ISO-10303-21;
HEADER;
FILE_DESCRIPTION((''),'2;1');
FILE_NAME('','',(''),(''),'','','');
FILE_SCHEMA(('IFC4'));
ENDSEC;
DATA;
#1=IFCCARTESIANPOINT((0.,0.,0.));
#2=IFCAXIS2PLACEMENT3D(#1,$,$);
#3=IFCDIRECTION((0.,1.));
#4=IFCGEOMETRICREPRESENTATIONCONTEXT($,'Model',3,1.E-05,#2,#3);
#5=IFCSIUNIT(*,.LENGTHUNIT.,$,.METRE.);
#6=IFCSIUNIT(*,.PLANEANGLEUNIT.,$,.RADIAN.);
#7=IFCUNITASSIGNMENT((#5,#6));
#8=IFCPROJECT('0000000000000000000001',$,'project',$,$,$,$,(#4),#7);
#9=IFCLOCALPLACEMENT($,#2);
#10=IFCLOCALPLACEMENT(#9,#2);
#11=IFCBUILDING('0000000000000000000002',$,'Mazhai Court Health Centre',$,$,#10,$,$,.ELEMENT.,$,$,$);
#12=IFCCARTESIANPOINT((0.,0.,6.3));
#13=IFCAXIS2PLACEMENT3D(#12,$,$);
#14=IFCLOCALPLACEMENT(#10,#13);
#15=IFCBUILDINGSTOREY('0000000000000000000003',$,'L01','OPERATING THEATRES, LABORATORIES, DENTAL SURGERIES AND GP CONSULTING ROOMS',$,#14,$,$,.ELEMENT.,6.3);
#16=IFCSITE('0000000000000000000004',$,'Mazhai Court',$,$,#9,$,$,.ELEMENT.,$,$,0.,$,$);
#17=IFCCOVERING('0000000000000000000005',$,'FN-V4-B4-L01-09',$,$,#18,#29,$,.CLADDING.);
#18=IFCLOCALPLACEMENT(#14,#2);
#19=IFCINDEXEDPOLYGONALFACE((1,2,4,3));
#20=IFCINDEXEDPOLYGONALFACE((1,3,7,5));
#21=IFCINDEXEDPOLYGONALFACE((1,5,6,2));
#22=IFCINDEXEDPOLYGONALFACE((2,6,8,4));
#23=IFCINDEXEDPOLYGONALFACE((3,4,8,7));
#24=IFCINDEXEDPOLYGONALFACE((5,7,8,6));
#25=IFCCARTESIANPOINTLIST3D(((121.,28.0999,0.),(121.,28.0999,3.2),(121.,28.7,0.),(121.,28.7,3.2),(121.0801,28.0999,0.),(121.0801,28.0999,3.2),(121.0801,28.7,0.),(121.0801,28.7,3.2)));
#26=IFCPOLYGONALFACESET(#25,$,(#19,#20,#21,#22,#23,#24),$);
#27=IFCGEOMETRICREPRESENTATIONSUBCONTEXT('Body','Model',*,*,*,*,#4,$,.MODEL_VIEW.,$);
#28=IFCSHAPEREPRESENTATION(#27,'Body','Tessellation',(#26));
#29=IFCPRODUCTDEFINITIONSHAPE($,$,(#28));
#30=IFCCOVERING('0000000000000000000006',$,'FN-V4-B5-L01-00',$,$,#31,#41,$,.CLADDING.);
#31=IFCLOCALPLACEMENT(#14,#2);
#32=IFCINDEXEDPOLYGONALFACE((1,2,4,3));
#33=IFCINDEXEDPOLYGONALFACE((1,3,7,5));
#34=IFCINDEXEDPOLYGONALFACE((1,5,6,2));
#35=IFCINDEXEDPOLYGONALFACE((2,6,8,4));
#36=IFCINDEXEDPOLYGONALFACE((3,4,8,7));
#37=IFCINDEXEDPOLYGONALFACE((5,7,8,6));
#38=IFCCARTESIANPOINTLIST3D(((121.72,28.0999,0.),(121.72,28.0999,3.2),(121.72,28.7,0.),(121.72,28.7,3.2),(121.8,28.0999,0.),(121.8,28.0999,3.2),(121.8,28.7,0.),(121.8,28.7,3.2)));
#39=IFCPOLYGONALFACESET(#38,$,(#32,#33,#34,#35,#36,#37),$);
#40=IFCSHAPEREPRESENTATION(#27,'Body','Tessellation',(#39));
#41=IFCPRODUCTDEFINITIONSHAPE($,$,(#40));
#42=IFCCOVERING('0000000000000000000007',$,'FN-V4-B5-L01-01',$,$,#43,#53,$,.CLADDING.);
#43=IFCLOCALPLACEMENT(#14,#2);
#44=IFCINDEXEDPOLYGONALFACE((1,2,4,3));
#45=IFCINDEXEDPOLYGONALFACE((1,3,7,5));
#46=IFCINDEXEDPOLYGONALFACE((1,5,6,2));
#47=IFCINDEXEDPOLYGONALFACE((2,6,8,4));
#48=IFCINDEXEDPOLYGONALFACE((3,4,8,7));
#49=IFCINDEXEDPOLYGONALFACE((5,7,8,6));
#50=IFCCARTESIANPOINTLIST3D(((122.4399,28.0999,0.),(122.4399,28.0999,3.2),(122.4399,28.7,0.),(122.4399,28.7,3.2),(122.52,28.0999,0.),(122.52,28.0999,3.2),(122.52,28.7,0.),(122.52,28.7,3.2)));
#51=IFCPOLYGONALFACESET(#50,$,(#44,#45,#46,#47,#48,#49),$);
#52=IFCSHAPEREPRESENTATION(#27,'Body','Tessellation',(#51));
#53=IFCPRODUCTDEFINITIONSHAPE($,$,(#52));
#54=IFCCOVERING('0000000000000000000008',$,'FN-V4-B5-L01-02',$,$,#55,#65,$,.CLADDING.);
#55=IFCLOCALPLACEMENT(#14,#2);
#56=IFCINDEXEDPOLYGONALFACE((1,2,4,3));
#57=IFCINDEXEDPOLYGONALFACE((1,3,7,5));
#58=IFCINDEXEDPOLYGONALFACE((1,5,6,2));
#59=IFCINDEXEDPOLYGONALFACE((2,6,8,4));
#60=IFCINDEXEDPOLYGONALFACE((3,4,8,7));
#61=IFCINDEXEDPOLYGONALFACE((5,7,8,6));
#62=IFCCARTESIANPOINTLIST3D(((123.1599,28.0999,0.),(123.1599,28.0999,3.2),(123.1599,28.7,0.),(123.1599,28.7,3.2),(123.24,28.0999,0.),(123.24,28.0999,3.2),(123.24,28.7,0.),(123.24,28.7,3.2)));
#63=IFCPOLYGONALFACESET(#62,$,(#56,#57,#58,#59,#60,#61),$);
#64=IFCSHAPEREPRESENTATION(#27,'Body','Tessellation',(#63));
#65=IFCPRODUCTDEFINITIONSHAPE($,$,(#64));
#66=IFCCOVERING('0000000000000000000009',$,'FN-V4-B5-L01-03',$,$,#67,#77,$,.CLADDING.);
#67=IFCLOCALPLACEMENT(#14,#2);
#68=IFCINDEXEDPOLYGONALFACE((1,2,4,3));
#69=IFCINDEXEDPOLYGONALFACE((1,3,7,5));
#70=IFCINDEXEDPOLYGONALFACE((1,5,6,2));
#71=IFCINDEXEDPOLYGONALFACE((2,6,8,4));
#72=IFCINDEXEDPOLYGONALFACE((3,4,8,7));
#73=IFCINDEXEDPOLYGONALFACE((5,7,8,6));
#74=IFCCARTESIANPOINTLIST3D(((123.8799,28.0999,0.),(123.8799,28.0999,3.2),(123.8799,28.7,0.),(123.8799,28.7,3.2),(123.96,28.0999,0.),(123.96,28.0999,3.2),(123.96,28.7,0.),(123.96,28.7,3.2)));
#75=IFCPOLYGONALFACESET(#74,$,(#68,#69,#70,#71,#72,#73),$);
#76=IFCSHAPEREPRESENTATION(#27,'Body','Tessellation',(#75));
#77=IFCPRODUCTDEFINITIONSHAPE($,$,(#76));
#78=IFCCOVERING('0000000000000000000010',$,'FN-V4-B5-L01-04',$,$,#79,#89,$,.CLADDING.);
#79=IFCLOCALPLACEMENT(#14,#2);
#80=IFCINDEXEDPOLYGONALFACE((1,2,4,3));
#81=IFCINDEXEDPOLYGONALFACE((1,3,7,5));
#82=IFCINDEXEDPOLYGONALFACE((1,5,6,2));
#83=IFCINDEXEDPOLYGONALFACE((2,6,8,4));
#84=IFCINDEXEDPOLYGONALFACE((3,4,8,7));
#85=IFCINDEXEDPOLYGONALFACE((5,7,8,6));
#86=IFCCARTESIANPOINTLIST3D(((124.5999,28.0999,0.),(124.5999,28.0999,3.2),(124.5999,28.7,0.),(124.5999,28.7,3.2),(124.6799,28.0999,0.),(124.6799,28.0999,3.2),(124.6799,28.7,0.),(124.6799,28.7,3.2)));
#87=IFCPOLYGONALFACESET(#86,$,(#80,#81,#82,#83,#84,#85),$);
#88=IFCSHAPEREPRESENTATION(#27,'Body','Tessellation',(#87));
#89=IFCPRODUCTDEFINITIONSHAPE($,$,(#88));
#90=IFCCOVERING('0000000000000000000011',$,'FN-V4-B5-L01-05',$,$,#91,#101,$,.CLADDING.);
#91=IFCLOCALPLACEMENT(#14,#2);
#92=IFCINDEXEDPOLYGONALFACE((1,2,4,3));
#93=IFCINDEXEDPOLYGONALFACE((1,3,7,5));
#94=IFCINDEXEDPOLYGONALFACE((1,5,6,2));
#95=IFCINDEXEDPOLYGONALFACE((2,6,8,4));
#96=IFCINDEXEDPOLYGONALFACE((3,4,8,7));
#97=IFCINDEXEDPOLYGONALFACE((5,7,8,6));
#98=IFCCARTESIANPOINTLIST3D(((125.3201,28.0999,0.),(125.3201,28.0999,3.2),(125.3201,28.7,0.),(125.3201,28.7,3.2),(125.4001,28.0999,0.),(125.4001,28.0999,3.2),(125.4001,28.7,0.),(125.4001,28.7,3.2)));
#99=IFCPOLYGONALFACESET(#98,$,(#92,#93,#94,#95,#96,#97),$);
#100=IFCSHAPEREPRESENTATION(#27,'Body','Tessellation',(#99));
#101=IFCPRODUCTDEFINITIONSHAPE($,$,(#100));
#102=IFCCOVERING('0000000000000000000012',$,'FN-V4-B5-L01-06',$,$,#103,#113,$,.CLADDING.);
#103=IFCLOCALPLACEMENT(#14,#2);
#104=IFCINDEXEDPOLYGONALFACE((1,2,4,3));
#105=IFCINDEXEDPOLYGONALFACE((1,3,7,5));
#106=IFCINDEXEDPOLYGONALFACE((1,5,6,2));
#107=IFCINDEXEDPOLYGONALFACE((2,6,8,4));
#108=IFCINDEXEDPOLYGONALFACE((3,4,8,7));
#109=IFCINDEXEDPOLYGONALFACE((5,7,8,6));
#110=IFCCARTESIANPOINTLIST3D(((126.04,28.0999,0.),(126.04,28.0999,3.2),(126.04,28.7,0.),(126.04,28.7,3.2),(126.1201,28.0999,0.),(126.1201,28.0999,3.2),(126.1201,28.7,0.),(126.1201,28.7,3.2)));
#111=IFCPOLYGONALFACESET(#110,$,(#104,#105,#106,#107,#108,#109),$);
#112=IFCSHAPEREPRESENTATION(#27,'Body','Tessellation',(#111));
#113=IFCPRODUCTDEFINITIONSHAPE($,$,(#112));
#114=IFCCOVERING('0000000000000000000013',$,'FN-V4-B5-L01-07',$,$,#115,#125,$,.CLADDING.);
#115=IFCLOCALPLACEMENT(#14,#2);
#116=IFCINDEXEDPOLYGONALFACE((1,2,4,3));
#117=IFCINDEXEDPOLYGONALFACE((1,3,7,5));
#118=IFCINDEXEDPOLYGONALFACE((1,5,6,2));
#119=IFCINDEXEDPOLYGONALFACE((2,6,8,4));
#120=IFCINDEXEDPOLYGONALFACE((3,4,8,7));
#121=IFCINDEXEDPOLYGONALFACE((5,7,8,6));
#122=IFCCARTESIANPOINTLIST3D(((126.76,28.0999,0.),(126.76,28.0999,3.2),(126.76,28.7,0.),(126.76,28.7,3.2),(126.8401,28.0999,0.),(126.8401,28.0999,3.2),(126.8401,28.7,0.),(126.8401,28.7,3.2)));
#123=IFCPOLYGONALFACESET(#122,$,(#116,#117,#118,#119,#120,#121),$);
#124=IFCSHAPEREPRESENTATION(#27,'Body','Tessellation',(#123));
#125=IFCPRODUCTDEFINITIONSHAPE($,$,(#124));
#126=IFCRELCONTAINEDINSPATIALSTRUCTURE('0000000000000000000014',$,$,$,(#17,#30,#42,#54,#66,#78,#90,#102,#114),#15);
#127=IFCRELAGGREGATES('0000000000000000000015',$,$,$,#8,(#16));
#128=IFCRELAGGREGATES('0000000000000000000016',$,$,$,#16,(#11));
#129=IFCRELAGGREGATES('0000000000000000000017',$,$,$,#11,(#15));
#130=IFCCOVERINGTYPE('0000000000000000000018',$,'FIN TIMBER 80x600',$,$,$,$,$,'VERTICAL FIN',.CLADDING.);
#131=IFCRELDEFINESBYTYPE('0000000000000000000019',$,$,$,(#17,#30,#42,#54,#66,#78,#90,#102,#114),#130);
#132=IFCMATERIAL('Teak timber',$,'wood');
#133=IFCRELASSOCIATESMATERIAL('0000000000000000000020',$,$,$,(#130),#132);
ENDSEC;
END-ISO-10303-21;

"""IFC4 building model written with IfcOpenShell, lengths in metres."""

from ifc_helpers import new_model, si_unit, direction, frame, origin, origin_2d, place, context, subcontext, project, spatial, rectangle, extrude, material, type_object, element, save


model = new_model("IFC4")

# Units and contexts
model_context = context("Model", 3, precision=1e-05, world=origin(), true_north=direction((0.0, 1.0)))
body_context = subcontext(model_context, "Body", "Model", "MODEL_VIEW")
ifc_project = project(units=[si_unit("LENGTHUNIT", "METRE"), si_unit("PLANEANGLEUNIT", "RADIAN")], contexts=[model_context])

# Site, building, storey
site_placement = place(None, origin())
site = spatial("IfcSite", under=ifc_project, at=site_placement, Name="Mazhai Court", CompositionType="ELEMENT", RefElevation=0.0)
building_placement = place(site_placement, origin())
building = spatial("IfcBuilding", under=site, at=building_placement, Name="Mazhai Court Health Centre", CompositionType="ELEMENT")
storey_placement = place(building_placement, frame((0.0, 0.0, 6.3)))
storey = spatial("IfcBuildingStorey", under=building, at=storey_placement, Name="L01", Description="OPERATING THEATRES, LABORATORIES, DENTAL SURGERIES AND GP CONSULTING ROOMS", CompositionType="ELEMENT", Elevation=6.3)

# Coverings
ifc_material_1 = material(Name="Teak timber", Category="wood")
covering_type_1 = type_object("IfcCoveringType", Name="FIN TIMBER 80x600", ElementType="VERTICAL FIN", PredefinedType="CLADDING", material=ifc_material_1)
for number, where, z_axis, x_axis, name in (
    (1, (121.04, 28.3999, 0.0), (0.0, 0.0, 1.0), (1.0, 0.0, 0.0), "FN-V4-B4-L01-09"),
    (2, (121.76, 28.3999, 0.0), (0.0, 0.0, 1.0), (1.0, 0.0, 0.0), "FN-V4-B5-L01-00"),
    (3, (122.48, 28.3999, 0.0), (0.0, 0.0, 1.0), (1.0, 0.0, 0.0), "FN-V4-B5-L01-01"),
    (4, (123.2, 28.3999, 0.0), (0.0, 0.0, 1.0), (1.0, 0.0, 0.0), "FN-V4-B5-L01-02"),
    (5, (123.9199, 28.3999, 0.0), (0.0, 0.0, 1.0), (1.0, 0.0, 0.0), "FN-V4-B5-L01-03"),
    (6, (124.6399, 28.3999, 0.0), (0.0, 0.0, 1.0), (1.0, 0.0, 0.0), "FN-V4-B5-L01-04"),
    (7, (125.3601, 28.3999, 0.0), (0.0, 0.0, 1.0), (1.0, 0.0, 0.0), "FN-V4-B5-L01-05"),
    (8, (126.0801, 28.3999, 0.0), (0.0, 0.0, 1.0), (1.0, 0.0, 0.0), "FN-V4-B5-L01-06"),
    (9, (126.8, 28.3999, 0.0), (0.0, 0.0, 1.0), (1.0, 0.0, 0.0), "FN-V4-B5-L01-07"),
):
    element("IfcCovering", number, at=place(storey_placement, frame(where, z_axis=z_axis, x_axis=x_axis)), inside=storey, type_object=covering_type_1, Name=name, PredefinedType="CLADDING", context=body_context, shape_type="SweptSolid", body=[
        extrude(rectangle(XDim=0.0801, YDim=0.6001, at=origin_2d()), origin(), (0.0, 0.0, 1.0), 3.2),
    ])

save(model, "model.ifc")
